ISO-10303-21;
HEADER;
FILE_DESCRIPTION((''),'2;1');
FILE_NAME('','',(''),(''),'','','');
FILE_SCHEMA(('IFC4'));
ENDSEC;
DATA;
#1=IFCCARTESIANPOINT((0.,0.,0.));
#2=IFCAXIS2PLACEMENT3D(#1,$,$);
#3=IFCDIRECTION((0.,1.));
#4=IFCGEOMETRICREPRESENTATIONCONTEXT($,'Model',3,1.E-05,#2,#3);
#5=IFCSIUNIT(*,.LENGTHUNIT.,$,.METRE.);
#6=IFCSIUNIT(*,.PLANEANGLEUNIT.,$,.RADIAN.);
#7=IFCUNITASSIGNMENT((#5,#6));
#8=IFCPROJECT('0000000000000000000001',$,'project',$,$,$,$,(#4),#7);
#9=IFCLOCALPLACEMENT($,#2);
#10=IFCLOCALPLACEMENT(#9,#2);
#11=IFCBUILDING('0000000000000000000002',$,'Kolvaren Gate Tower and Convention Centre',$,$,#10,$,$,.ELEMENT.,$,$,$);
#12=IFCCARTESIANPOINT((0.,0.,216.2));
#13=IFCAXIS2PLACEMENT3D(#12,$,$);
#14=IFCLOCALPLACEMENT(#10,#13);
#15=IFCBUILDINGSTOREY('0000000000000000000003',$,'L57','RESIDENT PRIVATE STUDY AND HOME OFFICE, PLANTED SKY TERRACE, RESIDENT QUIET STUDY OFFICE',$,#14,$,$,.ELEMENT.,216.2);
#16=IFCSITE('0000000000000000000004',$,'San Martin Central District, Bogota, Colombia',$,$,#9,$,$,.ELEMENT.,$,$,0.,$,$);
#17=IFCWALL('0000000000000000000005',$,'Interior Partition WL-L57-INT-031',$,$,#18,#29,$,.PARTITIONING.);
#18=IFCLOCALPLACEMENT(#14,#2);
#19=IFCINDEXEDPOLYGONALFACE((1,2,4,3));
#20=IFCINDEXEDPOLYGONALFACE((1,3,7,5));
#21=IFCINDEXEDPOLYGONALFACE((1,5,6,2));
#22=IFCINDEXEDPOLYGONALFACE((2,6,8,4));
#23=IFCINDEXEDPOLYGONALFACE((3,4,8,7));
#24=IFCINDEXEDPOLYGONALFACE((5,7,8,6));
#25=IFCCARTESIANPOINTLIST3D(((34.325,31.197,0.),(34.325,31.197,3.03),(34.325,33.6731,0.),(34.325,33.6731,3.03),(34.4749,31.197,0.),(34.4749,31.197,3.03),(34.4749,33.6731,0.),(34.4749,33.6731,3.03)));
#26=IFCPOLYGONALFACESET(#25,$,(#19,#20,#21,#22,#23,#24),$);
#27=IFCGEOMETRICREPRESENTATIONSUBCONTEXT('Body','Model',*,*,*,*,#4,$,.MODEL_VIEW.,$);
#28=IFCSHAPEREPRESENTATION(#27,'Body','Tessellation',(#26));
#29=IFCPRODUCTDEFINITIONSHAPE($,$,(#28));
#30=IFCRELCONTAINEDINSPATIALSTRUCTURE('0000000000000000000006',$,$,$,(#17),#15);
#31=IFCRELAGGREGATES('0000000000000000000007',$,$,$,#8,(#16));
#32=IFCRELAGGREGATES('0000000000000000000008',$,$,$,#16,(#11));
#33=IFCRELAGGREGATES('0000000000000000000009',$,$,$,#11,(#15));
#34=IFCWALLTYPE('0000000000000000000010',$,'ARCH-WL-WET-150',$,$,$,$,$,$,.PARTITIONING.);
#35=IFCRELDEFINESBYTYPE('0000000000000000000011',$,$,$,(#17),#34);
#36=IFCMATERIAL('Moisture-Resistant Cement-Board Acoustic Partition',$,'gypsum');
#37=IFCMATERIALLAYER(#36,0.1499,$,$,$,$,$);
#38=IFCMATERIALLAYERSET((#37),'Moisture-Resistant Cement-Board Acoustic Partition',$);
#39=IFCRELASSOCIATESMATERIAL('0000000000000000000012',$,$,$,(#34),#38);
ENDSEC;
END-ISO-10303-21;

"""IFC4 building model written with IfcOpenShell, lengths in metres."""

from ifc_helpers import new_model, si_unit, direction, frame, frame_2d, origin, place, context, subcontext, project, spatial, rectangle, extrude, material, layer, layer_set, type_object, element, save


model = new_model("IFC4")

# Units and contexts
model_context = context("Model", 3, precision=1e-05, world=origin(), true_north=direction((0.0, 1.0)))
body_context = subcontext(model_context, "Body", "Model", "MODEL_VIEW")
ifc_project = project(units=[si_unit("LENGTHUNIT", "METRE"), si_unit("PLANEANGLEUNIT", "RADIAN")], contexts=[model_context])

# Site, building, storey
site_placement = place(None, origin())
site = spatial("IfcSite", under=ifc_project, at=site_placement, Name="San Martin Central District, Bogota, Colombia", CompositionType="ELEMENT", RefElevation=0.0)
building_placement = place(site_placement, origin())
building = spatial("IfcBuilding", under=site, at=building_placement, Name="Kolvaren Gate Tower and Convention Centre", CompositionType="ELEMENT")
storey_placement = place(building_placement, frame((0.0, 0.0, 216.2)))
storey = spatial("IfcBuildingStorey", under=building, at=storey_placement, Name="L57", Description="RESIDENT PRIVATE STUDY AND HOME OFFICE, PLANTED SKY TERRACE, RESIDENT QUIET STUDY OFFICE", CompositionType="ELEMENT", Elevation=216.2)

# Shared definitions
ifc_material_1 = material(Name="Moisture-Resistant Cement-Board Acoustic Partition", Category="gypsum")
ifc_layer_1 = layer(ifc_material_1, 0.1499)
ifc_layer_set_1 = layer_set([ifc_layer_1], Name="Moisture-Resistant Cement-Board Acoustic Partition")
wall_type_1 = type_object("IfcWallType", Name="ARCH-WL-WET-150", PredefinedType="PARTITIONING", material=ifc_layer_set_1)

# Wall
wall_1_placement = place(storey_placement, frame((34.3999, 31.197, 0.0), z_axis=(0.0, 0.0, 1.0), x_axis=(0.0, 1.0, 0.0)))
element("IfcWall", 1, at=wall_1_placement, inside=storey, type_object=wall_type_1, Name="Interior Partition WL-L57-INT-031", PredefinedType="PARTITIONING", context=body_context, shape_type="SweptSolid", body=[
    extrude(rectangle(XDim=2.4761, YDim=0.1499, at=frame_2d((1.238, 0.0))), origin(), (0.0, 0.0, 1.0), 3.03),
])

save(model, "model.ifc")
